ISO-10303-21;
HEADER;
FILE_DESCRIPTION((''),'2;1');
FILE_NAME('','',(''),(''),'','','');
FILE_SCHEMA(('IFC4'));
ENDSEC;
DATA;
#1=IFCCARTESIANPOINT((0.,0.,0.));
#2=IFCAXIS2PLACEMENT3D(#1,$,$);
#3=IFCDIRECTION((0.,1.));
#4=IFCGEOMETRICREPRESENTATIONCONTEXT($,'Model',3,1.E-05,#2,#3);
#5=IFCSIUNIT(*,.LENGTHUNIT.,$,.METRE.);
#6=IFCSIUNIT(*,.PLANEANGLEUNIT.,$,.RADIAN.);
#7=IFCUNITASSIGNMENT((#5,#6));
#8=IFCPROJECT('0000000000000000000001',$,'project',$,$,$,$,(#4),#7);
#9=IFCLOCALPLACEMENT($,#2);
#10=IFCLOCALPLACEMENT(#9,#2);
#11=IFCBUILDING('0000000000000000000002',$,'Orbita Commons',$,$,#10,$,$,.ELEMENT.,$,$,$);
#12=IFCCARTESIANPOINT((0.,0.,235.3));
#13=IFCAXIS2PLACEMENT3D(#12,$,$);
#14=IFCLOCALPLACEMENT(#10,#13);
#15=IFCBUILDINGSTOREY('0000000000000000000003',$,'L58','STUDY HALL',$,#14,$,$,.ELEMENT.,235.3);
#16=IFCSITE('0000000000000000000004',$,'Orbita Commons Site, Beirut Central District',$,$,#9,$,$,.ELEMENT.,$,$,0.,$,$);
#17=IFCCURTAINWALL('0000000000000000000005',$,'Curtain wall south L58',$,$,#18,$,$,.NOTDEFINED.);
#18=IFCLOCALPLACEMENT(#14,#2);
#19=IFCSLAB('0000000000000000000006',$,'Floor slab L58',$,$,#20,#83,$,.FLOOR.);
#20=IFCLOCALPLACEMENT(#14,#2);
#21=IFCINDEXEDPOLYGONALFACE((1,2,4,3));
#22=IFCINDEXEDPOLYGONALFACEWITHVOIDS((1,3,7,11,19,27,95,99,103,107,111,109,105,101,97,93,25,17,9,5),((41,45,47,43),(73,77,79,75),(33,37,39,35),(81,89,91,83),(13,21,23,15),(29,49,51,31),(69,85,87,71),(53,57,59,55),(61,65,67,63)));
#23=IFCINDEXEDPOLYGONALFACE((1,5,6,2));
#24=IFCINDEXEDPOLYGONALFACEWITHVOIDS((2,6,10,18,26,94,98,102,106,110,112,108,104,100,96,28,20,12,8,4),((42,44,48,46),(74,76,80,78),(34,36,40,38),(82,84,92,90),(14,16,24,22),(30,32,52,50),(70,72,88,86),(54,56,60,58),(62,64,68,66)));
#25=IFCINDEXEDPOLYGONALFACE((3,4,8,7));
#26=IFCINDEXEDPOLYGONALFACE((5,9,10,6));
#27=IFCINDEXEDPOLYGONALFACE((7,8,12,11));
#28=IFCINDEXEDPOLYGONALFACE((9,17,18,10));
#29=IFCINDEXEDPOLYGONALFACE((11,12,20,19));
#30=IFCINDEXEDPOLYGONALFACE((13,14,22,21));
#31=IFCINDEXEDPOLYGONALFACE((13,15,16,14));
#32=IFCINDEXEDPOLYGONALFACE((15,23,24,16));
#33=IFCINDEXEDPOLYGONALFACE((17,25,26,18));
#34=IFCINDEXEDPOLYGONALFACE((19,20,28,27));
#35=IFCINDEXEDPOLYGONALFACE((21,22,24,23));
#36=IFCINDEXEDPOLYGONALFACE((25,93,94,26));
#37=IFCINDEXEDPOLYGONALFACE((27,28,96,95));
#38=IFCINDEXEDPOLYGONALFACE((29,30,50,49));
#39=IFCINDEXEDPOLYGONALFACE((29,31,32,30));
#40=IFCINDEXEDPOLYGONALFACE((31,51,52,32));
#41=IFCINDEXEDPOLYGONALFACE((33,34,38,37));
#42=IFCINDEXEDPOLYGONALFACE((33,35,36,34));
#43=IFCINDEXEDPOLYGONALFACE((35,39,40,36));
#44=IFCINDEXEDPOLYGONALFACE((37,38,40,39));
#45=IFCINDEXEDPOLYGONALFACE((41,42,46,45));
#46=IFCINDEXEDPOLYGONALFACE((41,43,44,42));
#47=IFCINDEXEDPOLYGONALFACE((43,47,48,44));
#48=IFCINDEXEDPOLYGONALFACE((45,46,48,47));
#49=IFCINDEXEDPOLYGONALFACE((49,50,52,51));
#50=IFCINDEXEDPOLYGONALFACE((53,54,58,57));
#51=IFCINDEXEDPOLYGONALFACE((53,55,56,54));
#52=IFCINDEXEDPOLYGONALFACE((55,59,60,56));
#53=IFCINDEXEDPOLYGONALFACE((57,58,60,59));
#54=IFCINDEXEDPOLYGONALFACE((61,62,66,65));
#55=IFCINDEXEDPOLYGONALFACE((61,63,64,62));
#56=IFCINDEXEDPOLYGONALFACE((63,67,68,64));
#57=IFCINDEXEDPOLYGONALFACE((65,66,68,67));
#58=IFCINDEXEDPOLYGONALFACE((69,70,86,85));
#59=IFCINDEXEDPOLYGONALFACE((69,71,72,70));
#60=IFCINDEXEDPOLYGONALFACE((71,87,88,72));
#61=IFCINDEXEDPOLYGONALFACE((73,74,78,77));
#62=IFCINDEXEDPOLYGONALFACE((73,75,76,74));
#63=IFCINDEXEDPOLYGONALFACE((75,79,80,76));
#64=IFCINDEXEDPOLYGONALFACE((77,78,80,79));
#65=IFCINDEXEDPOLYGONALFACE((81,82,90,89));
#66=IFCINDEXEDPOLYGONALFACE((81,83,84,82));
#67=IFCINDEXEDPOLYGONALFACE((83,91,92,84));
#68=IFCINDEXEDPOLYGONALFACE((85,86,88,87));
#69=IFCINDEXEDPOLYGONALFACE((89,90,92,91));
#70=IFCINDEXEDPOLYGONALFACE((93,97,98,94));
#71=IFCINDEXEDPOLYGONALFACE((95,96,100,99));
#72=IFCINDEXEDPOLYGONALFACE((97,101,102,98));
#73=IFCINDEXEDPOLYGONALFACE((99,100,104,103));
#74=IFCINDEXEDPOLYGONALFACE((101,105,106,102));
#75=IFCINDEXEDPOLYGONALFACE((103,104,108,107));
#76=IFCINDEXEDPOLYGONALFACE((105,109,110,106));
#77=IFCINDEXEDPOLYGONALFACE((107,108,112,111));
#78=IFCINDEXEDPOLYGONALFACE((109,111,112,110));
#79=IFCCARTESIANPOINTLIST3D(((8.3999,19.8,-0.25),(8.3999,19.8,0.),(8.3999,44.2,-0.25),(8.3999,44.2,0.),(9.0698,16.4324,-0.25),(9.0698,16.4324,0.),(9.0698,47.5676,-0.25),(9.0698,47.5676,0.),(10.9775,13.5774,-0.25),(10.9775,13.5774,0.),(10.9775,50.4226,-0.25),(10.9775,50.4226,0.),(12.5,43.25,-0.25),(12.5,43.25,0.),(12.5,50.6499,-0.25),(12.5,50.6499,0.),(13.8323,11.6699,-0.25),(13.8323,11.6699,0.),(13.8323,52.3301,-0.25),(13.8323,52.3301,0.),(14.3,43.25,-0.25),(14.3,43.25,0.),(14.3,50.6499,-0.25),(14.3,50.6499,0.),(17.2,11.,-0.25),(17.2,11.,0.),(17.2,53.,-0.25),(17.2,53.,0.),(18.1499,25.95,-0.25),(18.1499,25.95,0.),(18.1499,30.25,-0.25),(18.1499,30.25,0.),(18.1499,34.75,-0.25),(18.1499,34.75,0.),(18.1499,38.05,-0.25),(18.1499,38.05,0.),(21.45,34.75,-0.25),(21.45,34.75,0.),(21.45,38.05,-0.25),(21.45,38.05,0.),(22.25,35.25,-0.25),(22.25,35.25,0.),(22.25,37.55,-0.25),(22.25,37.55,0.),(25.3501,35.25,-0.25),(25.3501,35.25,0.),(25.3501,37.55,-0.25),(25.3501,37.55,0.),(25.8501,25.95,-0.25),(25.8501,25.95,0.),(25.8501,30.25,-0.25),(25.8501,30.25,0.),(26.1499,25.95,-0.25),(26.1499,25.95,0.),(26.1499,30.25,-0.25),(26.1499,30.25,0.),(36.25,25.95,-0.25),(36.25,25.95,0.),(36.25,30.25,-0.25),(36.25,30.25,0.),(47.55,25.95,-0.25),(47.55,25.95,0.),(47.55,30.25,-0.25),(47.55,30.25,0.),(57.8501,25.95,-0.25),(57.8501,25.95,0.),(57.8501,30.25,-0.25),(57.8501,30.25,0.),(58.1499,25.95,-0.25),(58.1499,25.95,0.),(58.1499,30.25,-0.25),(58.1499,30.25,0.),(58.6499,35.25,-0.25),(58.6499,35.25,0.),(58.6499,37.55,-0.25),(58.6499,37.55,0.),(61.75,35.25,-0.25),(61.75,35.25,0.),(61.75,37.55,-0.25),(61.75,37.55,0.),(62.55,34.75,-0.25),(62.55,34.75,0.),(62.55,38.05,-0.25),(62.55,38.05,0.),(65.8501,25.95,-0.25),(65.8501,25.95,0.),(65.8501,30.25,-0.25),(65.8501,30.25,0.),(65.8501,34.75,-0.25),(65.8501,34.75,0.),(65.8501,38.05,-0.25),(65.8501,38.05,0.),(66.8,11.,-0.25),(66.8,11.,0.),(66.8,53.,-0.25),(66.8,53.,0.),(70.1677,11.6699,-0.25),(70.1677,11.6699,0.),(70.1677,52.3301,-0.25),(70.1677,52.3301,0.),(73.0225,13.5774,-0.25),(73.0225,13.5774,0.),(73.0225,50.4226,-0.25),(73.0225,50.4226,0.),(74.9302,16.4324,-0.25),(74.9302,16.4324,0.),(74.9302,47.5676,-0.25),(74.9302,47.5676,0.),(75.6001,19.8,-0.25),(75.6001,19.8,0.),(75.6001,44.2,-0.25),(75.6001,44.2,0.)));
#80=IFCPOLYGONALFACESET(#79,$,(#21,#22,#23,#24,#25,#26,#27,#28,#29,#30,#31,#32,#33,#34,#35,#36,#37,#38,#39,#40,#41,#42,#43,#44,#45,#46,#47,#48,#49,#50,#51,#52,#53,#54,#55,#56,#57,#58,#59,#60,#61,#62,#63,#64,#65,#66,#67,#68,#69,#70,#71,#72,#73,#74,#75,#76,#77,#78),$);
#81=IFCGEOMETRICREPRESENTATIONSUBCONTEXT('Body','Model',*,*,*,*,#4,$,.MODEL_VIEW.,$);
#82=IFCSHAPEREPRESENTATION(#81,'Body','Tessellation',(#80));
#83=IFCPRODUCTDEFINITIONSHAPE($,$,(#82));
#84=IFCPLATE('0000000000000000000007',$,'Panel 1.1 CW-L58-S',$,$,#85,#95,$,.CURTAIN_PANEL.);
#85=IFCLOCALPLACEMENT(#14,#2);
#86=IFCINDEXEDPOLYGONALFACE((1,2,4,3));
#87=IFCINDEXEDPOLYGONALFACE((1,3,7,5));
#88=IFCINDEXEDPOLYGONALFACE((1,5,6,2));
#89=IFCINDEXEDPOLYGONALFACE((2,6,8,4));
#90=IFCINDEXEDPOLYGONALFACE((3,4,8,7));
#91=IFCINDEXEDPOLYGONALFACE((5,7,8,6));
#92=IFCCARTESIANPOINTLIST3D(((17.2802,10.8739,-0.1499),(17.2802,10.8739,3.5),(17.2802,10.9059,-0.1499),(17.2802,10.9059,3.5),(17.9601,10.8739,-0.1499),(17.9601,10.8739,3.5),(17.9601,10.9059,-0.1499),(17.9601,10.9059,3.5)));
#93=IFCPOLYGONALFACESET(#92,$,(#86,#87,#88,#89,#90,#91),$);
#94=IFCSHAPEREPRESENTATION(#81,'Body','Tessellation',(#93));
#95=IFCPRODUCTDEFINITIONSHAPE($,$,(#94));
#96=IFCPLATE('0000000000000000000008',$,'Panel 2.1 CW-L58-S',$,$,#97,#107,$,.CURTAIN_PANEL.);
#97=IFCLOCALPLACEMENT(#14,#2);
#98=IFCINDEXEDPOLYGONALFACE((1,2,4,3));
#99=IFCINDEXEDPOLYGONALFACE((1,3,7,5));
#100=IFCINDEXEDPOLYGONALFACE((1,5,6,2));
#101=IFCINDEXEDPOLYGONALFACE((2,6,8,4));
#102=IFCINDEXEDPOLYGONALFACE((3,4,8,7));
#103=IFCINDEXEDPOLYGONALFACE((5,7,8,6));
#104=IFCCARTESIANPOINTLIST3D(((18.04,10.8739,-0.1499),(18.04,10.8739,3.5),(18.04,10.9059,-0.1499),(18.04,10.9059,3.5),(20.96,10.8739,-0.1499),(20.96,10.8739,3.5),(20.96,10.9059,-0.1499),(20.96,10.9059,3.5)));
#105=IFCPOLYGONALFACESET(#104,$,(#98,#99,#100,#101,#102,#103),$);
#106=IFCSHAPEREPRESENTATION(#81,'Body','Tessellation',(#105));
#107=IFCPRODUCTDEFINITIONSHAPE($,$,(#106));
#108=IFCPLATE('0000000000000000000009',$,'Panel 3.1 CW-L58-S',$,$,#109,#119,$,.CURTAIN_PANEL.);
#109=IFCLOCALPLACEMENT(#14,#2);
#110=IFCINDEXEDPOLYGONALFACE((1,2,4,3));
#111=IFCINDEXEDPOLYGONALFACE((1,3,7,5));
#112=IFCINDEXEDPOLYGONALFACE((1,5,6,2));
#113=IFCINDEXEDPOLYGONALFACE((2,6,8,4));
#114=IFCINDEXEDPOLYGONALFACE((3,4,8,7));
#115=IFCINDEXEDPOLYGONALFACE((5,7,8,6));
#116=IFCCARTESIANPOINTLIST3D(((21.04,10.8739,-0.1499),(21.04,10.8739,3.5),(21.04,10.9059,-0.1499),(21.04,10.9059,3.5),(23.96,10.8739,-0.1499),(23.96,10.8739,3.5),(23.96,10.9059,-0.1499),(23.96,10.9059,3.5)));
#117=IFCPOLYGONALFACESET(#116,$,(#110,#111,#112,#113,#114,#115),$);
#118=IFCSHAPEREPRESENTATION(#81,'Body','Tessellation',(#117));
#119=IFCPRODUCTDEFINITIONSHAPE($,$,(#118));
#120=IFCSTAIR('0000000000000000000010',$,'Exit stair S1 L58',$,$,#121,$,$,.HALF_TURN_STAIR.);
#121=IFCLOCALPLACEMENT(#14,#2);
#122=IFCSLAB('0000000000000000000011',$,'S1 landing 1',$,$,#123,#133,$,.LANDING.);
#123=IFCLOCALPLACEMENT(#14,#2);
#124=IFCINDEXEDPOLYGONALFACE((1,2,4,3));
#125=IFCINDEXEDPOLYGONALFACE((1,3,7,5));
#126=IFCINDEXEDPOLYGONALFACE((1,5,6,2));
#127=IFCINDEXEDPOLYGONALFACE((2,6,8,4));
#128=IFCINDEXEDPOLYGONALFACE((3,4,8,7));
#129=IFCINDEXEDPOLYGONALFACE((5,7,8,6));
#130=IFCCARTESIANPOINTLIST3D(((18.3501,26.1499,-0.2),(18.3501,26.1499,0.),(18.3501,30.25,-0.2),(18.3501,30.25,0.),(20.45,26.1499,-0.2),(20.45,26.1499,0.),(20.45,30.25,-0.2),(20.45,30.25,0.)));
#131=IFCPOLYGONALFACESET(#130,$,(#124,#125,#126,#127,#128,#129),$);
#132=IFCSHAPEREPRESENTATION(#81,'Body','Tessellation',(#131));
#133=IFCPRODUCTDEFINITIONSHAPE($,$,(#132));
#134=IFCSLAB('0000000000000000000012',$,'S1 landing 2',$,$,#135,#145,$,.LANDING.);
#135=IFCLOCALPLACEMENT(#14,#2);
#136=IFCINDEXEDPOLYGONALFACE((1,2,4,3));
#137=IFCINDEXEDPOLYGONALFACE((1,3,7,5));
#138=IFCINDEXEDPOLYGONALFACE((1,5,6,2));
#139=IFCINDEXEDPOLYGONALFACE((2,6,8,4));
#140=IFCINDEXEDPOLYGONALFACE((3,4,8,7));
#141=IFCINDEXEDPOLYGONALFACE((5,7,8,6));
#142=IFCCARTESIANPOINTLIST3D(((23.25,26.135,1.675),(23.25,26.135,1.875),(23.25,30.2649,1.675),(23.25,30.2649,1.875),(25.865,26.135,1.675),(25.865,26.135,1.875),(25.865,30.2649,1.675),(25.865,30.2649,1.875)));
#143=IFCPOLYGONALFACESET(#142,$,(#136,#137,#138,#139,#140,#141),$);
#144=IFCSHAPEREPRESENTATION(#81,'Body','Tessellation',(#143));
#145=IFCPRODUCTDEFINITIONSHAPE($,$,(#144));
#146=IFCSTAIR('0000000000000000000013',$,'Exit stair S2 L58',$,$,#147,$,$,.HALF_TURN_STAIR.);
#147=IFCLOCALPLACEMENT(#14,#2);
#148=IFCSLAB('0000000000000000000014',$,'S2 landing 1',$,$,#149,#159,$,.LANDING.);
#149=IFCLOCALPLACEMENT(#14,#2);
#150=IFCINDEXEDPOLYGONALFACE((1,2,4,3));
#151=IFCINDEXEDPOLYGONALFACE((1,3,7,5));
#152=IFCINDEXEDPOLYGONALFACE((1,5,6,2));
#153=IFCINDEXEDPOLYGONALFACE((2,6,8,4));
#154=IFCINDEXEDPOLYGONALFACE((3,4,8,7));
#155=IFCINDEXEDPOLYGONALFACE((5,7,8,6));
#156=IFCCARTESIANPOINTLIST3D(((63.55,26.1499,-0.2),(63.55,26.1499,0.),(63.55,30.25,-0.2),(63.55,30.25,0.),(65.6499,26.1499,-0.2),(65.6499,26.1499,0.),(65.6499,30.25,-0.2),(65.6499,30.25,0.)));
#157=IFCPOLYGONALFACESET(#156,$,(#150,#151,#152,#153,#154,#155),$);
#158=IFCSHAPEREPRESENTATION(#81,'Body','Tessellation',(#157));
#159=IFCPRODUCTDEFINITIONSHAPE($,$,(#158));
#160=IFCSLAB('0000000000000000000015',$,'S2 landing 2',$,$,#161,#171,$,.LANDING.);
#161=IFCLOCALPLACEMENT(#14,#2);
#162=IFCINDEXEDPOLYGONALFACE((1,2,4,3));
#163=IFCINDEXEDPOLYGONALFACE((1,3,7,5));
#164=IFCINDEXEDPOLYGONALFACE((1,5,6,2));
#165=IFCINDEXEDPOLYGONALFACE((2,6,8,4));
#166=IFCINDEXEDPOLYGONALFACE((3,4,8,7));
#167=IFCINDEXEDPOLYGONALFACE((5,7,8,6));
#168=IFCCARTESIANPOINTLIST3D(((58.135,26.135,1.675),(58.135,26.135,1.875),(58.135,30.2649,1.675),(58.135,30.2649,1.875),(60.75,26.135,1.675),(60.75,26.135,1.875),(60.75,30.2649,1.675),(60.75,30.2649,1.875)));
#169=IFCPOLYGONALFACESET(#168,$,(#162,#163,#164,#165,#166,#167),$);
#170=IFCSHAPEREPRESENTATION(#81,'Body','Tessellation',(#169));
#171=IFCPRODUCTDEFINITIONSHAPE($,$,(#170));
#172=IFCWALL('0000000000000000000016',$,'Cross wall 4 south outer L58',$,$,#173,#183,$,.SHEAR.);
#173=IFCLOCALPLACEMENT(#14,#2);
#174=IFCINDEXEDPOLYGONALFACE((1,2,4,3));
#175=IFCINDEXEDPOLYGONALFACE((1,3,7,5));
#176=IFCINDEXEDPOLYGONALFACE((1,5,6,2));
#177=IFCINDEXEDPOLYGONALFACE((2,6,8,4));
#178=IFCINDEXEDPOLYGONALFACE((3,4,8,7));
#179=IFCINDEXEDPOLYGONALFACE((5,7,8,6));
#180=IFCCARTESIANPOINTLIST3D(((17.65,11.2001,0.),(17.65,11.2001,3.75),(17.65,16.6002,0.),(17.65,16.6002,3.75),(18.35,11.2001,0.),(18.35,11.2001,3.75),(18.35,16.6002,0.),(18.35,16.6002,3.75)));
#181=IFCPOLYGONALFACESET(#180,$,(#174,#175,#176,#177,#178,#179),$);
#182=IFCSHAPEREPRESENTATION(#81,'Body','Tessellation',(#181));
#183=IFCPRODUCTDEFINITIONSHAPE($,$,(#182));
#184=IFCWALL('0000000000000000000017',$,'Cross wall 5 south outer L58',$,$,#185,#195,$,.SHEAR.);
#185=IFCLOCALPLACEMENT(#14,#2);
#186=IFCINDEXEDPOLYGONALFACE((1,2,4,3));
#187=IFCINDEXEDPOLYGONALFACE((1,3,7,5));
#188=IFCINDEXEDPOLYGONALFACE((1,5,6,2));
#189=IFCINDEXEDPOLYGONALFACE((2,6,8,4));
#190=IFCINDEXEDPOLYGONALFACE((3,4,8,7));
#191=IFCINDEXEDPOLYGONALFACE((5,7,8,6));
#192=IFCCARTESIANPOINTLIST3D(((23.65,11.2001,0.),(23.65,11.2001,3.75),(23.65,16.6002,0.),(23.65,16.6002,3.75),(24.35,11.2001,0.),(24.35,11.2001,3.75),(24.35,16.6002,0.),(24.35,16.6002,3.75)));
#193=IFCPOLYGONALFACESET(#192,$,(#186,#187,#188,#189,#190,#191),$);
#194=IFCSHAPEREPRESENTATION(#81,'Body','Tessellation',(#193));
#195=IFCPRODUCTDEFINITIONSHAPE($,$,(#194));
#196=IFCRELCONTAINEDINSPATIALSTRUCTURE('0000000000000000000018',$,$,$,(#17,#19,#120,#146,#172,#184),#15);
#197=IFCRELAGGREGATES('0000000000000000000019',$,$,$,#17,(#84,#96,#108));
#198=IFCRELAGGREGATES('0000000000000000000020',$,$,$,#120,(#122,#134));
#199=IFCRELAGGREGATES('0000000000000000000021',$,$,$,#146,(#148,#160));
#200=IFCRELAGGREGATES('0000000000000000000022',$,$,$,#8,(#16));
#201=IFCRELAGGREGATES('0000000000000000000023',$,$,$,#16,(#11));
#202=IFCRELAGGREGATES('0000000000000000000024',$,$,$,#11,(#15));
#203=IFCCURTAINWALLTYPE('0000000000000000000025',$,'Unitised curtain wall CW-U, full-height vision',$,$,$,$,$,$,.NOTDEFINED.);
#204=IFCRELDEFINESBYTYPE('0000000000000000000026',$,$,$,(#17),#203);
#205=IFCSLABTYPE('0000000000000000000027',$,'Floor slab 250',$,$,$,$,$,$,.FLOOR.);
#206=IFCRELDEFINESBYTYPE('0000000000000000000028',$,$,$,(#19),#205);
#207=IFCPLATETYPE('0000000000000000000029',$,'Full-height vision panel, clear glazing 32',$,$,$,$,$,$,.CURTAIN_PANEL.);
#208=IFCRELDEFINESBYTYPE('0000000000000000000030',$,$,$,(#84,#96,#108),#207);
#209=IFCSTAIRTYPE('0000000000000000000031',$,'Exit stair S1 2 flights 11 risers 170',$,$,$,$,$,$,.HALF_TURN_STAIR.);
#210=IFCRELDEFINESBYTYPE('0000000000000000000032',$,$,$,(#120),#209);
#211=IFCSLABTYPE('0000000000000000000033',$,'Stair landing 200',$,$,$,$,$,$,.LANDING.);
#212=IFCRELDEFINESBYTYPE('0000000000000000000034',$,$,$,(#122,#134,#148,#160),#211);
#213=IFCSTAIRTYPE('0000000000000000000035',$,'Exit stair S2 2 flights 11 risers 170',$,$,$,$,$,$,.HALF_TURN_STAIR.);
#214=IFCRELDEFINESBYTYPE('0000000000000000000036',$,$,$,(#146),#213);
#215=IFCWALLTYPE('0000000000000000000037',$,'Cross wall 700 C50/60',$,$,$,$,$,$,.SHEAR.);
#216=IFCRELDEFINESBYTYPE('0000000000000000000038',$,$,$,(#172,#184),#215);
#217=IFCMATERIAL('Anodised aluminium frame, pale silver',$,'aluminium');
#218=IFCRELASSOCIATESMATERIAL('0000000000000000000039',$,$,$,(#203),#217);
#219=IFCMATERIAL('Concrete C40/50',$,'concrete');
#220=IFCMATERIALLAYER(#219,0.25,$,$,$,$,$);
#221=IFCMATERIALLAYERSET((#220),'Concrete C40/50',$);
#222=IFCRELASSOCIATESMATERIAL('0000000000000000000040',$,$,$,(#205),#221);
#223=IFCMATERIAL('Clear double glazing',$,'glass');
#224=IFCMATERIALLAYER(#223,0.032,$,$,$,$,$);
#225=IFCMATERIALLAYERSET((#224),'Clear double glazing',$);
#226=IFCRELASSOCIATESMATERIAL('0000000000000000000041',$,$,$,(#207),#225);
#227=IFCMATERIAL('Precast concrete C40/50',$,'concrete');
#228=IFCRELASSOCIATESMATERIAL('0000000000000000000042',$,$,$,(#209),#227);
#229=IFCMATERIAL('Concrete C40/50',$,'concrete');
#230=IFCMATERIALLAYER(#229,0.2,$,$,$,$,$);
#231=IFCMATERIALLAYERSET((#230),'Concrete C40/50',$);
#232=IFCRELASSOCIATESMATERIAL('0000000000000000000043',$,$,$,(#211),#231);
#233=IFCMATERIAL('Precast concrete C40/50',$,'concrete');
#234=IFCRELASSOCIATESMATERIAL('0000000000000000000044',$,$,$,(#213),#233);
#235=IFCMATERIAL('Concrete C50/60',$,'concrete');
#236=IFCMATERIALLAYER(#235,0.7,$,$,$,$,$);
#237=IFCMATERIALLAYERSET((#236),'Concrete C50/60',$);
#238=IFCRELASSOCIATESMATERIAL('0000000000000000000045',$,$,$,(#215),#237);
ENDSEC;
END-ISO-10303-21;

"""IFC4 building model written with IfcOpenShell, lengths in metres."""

from ifc_helpers import new_model, si_unit, direction, frame, frame_2d, origin, origin_2d, place, context, subcontext, project, spatial, polyline, rectangle, outline, extrude, material, layer, layer_set, type_object, element, aggregate, save


model = new_model("IFC4")

# Units and contexts
model_context = context("Model", 3, precision=1e-05, world=origin(), true_north=direction((0.0, 1.0)))
body_context = subcontext(model_context, "Body", "Model", "MODEL_VIEW")
ifc_project = project(units=[si_unit("LENGTHUNIT", "METRE"), si_unit("PLANEANGLEUNIT", "RADIAN")], contexts=[model_context])

# Site, building, storey
site_placement = place(None, origin())
site = spatial("IfcSite", under=ifc_project, at=site_placement, Name="Orbita Commons Site, Beirut Central District", CompositionType="ELEMENT", RefElevation=0.0)
building_placement = place(site_placement, origin())
building = spatial("IfcBuilding", under=site, at=building_placement, Name="Orbita Commons", CompositionType="ELEMENT")
storey_placement = place(building_placement, frame((0.0, 0.0, 235.3)))
storey = spatial("IfcBuildingStorey", under=building, at=storey_placement, Name="L58", Description="STUDY HALL", CompositionType="ELEMENT", Elevation=235.3)

# Curtain wall
ifc_material_1 = material(Name="Anodised aluminium frame, pale silver", Category="aluminium")
curtain_wall_type = type_object("IfcCurtainWallType", Name="Unitised curtain wall CW-U, full-height vision", PredefinedType="NOTDEFINED", material=ifc_material_1)
curtain_wall_placement = place(storey_placement, origin())
curtain_wall = element("IfcCurtainWall", 1, at=curtain_wall_placement, inside=storey, type_object=curtain_wall_type, Name="Curtain wall south L58", PredefinedType="NOTDEFINED")

# Slab
ifc_material_2 = material(Name="Concrete C40/50", Category="concrete")
ifc_layer_1 = layer(ifc_material_2, 0.25)
ifc_layer_set_1 = layer_set([ifc_layer_1], Name="Concrete C40/50")
slab_type_1 = type_object("IfcSlabType", Name="Floor slab 250", PredefinedType="FLOOR", material=ifc_layer_set_1)
slab_1_placement = place(storey_placement, frame((0.0, 0.0, -0.25)))
element("IfcSlab", 2, at=slab_1_placement, inside=storey, type_object=slab_type_1, Name="Floor slab L58", PredefinedType="FLOOR", context=body_context, shape_type="SweptSolid", body=[
    extrude(outline(polyline([(66.8, 11.0), (70.1677, 11.6699), (73.0225, 13.5774), (74.9302, 16.4324), (75.6001, 19.8), (75.6001, 44.2), (74.9302, 47.5676), (73.0225, 50.4226), (70.1677, 52.3301), (66.8, 53.0), (17.2, 53.0), (13.8323, 52.3301), (10.9775, 50.4226), (9.0698, 47.5676), (8.3999, 44.2), (8.3999, 19.8), (9.0698, 16.4324), (10.9775, 13.5774), (13.8323, 11.6699), (17.2, 11.0), (66.8, 11.0)]), holes=[polyline([(18.1499, 25.95), (25.8501, 25.95), (25.8501, 30.25), (18.1499, 30.25), (18.1499, 25.95)]), polyline([(58.1499, 25.95), (65.8501, 25.95), (65.8501, 30.25), (58.1499, 30.25), (58.1499, 25.95)]), polyline([(18.1499, 34.75), (21.45, 34.75), (21.45, 38.05), (18.1499, 38.05), (18.1499, 34.75)]), polyline([(62.55, 34.75), (65.8501, 34.75), (65.8501, 38.05), (62.55, 38.05), (62.55, 34.75)]), polyline([(22.25, 35.25), (25.3501, 35.25), (25.3501, 37.55), (22.25, 37.55), (22.25, 35.25)]), polyline([(58.6499, 35.25), (61.75, 35.25), (61.75, 37.55), (58.6499, 37.55), (58.6499, 35.25)]), polyline([(26.1499, 25.95), (36.25, 25.95), (36.25, 30.25), (26.1499, 30.25), (26.1499, 25.95)]), polyline([(47.55, 25.95), (57.8501, 25.95), (57.8501, 30.25), (47.55, 30.25), (47.55, 25.95)]), polyline([(12.5, 43.25), (14.3, 43.25), (14.3, 50.6499), (12.5, 50.6499), (12.5, 43.25)])]), origin(), (0.0, 0.0, 1.0), 0.25),
])

# Plates
ifc_material_3 = material(Name="Clear double glazing", Category="glass")
ifc_layer_2 = layer(ifc_material_3, 0.032)
ifc_layer_set_2 = layer_set([ifc_layer_2], Name="Clear double glazing")
plate_type = type_object("IfcPlateType", Name="Full-height vision panel, clear glazing 32", PredefinedType="CURTAIN_PANEL", material=ifc_layer_set_2)
plate_1_placement = place(storey_placement, frame((17.6201, 10.8899, -0.1499), z_axis=(0.0, 0.0, 1.0), x_axis=(1.0, 0.0, 0.0)))
plate_1 = element("IfcPlate", 3, at=plate_1_placement, type_object=plate_type, Name="Panel 1.1 CW-L58-S", PredefinedType="CURTAIN_PANEL", context=body_context, shape_type="SweptSolid", body=[
    extrude(rectangle(XDim=0.6799, YDim=0.032, at=origin_2d()), origin(), (0.0, 0.0, 1.0), 3.6499),
])
plate_2_placement = place(storey_placement, frame((19.5, 10.8899, -0.1499), z_axis=(0.0, 0.0, 1.0), x_axis=(1.0, 0.0, 0.0)))
plate_2 = element("IfcPlate", 4, at=plate_2_placement, type_object=plate_type, Name="Panel 2.1 CW-L58-S", PredefinedType="CURTAIN_PANEL", context=body_context, shape_type="SweptSolid", body=[
    extrude(rectangle(XDim=2.9199, YDim=0.032, at=origin_2d()), origin(), (0.0, 0.0, 1.0), 3.6499),
])
plate_3_placement = place(storey_placement, frame((22.5, 10.8899, -0.1499), z_axis=(0.0, 0.0, 1.0), x_axis=(1.0, 0.0, 0.0)))
plate_3 = element("IfcPlate", 5, at=plate_3_placement, type_object=plate_type, Name="Panel 3.1 CW-L58-S", PredefinedType="CURTAIN_PANEL", context=body_context, shape_type="SweptSolid", body=[
    extrude(rectangle(XDim=2.9199, YDim=0.032, at=origin_2d()), origin(), (0.0, 0.0, 1.0), 3.6499),
])
aggregate(curtain_wall, [plate_1, plate_2, plate_3])

# Stairs, slabs
ifc_material_4 = material(Name="Precast concrete C40/50", Category="concrete")
stair_type_1 = type_object("IfcStairType", Name="Exit stair S1 2 flights 11 risers 170", PredefinedType="HALF_TURN_STAIR", material=ifc_material_4)
stair_1_placement = place(storey_placement, origin())
stair_1 = element("IfcStair", 6, at=stair_1_placement, inside=storey, type_object=stair_type_1, Name="Exit stair S1 L58", PredefinedType="HALF_TURN_STAIR")
ifc_material_5 = material(Name="Concrete C40/50", Category="concrete")
ifc_layer_3 = layer(ifc_material_5, 0.2)
ifc_layer_set_3 = layer_set([ifc_layer_3], Name="Concrete C40/50")
slab_type_2 = type_object("IfcSlabType", Name="Stair landing 200", PredefinedType="LANDING", material=ifc_layer_set_3)
slab_2_placement = place(storey_placement, frame((0.0, 0.0, -0.2)))
slab_2 = element("IfcSlab", 7, at=slab_2_placement, type_object=slab_type_2, Name="S1 landing 1", PredefinedType="LANDING", context=body_context, shape_type="SweptSolid", body=[
    extrude(outline(polyline([(18.3501, 26.1499), (20.45, 26.1499), (20.45, 30.25), (18.3501, 30.25), (18.3501, 26.1499)])), origin(), (0.0, 0.0, 1.0), 0.2),
])
slab_3_placement = place(storey_placement, frame((0.0, 0.0, 1.675)))
slab_3 = element("IfcSlab", 8, at=slab_3_placement, type_object=slab_type_2, Name="S1 landing 2", PredefinedType="LANDING", context=body_context, shape_type="SweptSolid", body=[
    extrude(outline(polyline([(23.25, 26.135), (25.865, 26.135), (25.865, 30.2649), (23.25, 30.2649), (23.25, 26.135)])), origin(), (0.0, 0.0, 1.0), 0.2),
])
aggregate(stair_1, [slab_2, slab_3])
ifc_material_6 = material(Name="Precast concrete C40/50", Category="concrete")
stair_type_2 = type_object("IfcStairType", Name="Exit stair S2 2 flights 11 risers 170", PredefinedType="HALF_TURN_STAIR", material=ifc_material_6)
stair_2_placement = place(storey_placement, origin())
stair_2 = element("IfcStair", 9, at=stair_2_placement, inside=storey, type_object=stair_type_2, Name="Exit stair S2 L58", PredefinedType="HALF_TURN_STAIR")
slab_4_placement = place(storey_placement, frame((0.0, 0.0, -0.2)))
slab_4 = element("IfcSlab", 10, at=slab_4_placement, type_object=slab_type_2, Name="S2 landing 1", PredefinedType="LANDING", context=body_context, shape_type="SweptSolid", body=[
    extrude(outline(polyline([(63.55, 26.1499), (65.6499, 26.1499), (65.6499, 30.25), (63.55, 30.25), (63.55, 26.1499)])), origin(), (0.0, 0.0, 1.0), 0.2),
])
slab_5_placement = place(storey_placement, frame((0.0, 0.0, 1.675)))
slab_5 = element("IfcSlab", 11, at=slab_5_placement, type_object=slab_type_2, Name="S2 landing 2", PredefinedType="LANDING", context=body_context, shape_type="SweptSolid", body=[
    extrude(outline(polyline([(58.135, 26.135), (60.75, 26.135), (60.75, 30.2649), (58.135, 30.2649), (58.135, 26.135)])), origin(), (0.0, 0.0, 1.0), 0.2),
])
aggregate(stair_2, [slab_4, slab_5])

# Walls
ifc_material_7 = material(Name="Concrete C50/60", Category="concrete")
ifc_layer_4 = layer(ifc_material_7, 0.7)
ifc_layer_set_4 = layer_set([ifc_layer_4], Name="Concrete C50/60")
wall_type_1 = type_object("IfcWallType", Name="Cross wall 700 C50/60", PredefinedType="SHEAR", material=ifc_layer_set_4)
for number, where, z_axis, x_axis, name in (
    (12, (18.0, 11.2, 0.0), (0.0, 0.0, 1.0), (0.0, 1.0, 0.0), "Cross wall 4 south outer L58"),
    (13, (24.0, 11.2, 0.0), (0.0, 0.0, 1.0), (0.0, 1.0, 0.0), "Cross wall 5 south outer L58"),
):
    element("IfcWall", number, at=place(storey_placement, frame(where, z_axis=z_axis, x_axis=x_axis)), inside=storey, type_object=wall_type_1, Name=name, PredefinedType="SHEAR", context=body_context, shape_type="SweptSolid", body=[
        extrude(rectangle(XDim=5.4001, YDim=0.7, at=frame_2d((2.7002, 0.0))), origin(), (0.0, 0.0, 1.0), 3.75),
    ])

save(model, "model.ifc")
